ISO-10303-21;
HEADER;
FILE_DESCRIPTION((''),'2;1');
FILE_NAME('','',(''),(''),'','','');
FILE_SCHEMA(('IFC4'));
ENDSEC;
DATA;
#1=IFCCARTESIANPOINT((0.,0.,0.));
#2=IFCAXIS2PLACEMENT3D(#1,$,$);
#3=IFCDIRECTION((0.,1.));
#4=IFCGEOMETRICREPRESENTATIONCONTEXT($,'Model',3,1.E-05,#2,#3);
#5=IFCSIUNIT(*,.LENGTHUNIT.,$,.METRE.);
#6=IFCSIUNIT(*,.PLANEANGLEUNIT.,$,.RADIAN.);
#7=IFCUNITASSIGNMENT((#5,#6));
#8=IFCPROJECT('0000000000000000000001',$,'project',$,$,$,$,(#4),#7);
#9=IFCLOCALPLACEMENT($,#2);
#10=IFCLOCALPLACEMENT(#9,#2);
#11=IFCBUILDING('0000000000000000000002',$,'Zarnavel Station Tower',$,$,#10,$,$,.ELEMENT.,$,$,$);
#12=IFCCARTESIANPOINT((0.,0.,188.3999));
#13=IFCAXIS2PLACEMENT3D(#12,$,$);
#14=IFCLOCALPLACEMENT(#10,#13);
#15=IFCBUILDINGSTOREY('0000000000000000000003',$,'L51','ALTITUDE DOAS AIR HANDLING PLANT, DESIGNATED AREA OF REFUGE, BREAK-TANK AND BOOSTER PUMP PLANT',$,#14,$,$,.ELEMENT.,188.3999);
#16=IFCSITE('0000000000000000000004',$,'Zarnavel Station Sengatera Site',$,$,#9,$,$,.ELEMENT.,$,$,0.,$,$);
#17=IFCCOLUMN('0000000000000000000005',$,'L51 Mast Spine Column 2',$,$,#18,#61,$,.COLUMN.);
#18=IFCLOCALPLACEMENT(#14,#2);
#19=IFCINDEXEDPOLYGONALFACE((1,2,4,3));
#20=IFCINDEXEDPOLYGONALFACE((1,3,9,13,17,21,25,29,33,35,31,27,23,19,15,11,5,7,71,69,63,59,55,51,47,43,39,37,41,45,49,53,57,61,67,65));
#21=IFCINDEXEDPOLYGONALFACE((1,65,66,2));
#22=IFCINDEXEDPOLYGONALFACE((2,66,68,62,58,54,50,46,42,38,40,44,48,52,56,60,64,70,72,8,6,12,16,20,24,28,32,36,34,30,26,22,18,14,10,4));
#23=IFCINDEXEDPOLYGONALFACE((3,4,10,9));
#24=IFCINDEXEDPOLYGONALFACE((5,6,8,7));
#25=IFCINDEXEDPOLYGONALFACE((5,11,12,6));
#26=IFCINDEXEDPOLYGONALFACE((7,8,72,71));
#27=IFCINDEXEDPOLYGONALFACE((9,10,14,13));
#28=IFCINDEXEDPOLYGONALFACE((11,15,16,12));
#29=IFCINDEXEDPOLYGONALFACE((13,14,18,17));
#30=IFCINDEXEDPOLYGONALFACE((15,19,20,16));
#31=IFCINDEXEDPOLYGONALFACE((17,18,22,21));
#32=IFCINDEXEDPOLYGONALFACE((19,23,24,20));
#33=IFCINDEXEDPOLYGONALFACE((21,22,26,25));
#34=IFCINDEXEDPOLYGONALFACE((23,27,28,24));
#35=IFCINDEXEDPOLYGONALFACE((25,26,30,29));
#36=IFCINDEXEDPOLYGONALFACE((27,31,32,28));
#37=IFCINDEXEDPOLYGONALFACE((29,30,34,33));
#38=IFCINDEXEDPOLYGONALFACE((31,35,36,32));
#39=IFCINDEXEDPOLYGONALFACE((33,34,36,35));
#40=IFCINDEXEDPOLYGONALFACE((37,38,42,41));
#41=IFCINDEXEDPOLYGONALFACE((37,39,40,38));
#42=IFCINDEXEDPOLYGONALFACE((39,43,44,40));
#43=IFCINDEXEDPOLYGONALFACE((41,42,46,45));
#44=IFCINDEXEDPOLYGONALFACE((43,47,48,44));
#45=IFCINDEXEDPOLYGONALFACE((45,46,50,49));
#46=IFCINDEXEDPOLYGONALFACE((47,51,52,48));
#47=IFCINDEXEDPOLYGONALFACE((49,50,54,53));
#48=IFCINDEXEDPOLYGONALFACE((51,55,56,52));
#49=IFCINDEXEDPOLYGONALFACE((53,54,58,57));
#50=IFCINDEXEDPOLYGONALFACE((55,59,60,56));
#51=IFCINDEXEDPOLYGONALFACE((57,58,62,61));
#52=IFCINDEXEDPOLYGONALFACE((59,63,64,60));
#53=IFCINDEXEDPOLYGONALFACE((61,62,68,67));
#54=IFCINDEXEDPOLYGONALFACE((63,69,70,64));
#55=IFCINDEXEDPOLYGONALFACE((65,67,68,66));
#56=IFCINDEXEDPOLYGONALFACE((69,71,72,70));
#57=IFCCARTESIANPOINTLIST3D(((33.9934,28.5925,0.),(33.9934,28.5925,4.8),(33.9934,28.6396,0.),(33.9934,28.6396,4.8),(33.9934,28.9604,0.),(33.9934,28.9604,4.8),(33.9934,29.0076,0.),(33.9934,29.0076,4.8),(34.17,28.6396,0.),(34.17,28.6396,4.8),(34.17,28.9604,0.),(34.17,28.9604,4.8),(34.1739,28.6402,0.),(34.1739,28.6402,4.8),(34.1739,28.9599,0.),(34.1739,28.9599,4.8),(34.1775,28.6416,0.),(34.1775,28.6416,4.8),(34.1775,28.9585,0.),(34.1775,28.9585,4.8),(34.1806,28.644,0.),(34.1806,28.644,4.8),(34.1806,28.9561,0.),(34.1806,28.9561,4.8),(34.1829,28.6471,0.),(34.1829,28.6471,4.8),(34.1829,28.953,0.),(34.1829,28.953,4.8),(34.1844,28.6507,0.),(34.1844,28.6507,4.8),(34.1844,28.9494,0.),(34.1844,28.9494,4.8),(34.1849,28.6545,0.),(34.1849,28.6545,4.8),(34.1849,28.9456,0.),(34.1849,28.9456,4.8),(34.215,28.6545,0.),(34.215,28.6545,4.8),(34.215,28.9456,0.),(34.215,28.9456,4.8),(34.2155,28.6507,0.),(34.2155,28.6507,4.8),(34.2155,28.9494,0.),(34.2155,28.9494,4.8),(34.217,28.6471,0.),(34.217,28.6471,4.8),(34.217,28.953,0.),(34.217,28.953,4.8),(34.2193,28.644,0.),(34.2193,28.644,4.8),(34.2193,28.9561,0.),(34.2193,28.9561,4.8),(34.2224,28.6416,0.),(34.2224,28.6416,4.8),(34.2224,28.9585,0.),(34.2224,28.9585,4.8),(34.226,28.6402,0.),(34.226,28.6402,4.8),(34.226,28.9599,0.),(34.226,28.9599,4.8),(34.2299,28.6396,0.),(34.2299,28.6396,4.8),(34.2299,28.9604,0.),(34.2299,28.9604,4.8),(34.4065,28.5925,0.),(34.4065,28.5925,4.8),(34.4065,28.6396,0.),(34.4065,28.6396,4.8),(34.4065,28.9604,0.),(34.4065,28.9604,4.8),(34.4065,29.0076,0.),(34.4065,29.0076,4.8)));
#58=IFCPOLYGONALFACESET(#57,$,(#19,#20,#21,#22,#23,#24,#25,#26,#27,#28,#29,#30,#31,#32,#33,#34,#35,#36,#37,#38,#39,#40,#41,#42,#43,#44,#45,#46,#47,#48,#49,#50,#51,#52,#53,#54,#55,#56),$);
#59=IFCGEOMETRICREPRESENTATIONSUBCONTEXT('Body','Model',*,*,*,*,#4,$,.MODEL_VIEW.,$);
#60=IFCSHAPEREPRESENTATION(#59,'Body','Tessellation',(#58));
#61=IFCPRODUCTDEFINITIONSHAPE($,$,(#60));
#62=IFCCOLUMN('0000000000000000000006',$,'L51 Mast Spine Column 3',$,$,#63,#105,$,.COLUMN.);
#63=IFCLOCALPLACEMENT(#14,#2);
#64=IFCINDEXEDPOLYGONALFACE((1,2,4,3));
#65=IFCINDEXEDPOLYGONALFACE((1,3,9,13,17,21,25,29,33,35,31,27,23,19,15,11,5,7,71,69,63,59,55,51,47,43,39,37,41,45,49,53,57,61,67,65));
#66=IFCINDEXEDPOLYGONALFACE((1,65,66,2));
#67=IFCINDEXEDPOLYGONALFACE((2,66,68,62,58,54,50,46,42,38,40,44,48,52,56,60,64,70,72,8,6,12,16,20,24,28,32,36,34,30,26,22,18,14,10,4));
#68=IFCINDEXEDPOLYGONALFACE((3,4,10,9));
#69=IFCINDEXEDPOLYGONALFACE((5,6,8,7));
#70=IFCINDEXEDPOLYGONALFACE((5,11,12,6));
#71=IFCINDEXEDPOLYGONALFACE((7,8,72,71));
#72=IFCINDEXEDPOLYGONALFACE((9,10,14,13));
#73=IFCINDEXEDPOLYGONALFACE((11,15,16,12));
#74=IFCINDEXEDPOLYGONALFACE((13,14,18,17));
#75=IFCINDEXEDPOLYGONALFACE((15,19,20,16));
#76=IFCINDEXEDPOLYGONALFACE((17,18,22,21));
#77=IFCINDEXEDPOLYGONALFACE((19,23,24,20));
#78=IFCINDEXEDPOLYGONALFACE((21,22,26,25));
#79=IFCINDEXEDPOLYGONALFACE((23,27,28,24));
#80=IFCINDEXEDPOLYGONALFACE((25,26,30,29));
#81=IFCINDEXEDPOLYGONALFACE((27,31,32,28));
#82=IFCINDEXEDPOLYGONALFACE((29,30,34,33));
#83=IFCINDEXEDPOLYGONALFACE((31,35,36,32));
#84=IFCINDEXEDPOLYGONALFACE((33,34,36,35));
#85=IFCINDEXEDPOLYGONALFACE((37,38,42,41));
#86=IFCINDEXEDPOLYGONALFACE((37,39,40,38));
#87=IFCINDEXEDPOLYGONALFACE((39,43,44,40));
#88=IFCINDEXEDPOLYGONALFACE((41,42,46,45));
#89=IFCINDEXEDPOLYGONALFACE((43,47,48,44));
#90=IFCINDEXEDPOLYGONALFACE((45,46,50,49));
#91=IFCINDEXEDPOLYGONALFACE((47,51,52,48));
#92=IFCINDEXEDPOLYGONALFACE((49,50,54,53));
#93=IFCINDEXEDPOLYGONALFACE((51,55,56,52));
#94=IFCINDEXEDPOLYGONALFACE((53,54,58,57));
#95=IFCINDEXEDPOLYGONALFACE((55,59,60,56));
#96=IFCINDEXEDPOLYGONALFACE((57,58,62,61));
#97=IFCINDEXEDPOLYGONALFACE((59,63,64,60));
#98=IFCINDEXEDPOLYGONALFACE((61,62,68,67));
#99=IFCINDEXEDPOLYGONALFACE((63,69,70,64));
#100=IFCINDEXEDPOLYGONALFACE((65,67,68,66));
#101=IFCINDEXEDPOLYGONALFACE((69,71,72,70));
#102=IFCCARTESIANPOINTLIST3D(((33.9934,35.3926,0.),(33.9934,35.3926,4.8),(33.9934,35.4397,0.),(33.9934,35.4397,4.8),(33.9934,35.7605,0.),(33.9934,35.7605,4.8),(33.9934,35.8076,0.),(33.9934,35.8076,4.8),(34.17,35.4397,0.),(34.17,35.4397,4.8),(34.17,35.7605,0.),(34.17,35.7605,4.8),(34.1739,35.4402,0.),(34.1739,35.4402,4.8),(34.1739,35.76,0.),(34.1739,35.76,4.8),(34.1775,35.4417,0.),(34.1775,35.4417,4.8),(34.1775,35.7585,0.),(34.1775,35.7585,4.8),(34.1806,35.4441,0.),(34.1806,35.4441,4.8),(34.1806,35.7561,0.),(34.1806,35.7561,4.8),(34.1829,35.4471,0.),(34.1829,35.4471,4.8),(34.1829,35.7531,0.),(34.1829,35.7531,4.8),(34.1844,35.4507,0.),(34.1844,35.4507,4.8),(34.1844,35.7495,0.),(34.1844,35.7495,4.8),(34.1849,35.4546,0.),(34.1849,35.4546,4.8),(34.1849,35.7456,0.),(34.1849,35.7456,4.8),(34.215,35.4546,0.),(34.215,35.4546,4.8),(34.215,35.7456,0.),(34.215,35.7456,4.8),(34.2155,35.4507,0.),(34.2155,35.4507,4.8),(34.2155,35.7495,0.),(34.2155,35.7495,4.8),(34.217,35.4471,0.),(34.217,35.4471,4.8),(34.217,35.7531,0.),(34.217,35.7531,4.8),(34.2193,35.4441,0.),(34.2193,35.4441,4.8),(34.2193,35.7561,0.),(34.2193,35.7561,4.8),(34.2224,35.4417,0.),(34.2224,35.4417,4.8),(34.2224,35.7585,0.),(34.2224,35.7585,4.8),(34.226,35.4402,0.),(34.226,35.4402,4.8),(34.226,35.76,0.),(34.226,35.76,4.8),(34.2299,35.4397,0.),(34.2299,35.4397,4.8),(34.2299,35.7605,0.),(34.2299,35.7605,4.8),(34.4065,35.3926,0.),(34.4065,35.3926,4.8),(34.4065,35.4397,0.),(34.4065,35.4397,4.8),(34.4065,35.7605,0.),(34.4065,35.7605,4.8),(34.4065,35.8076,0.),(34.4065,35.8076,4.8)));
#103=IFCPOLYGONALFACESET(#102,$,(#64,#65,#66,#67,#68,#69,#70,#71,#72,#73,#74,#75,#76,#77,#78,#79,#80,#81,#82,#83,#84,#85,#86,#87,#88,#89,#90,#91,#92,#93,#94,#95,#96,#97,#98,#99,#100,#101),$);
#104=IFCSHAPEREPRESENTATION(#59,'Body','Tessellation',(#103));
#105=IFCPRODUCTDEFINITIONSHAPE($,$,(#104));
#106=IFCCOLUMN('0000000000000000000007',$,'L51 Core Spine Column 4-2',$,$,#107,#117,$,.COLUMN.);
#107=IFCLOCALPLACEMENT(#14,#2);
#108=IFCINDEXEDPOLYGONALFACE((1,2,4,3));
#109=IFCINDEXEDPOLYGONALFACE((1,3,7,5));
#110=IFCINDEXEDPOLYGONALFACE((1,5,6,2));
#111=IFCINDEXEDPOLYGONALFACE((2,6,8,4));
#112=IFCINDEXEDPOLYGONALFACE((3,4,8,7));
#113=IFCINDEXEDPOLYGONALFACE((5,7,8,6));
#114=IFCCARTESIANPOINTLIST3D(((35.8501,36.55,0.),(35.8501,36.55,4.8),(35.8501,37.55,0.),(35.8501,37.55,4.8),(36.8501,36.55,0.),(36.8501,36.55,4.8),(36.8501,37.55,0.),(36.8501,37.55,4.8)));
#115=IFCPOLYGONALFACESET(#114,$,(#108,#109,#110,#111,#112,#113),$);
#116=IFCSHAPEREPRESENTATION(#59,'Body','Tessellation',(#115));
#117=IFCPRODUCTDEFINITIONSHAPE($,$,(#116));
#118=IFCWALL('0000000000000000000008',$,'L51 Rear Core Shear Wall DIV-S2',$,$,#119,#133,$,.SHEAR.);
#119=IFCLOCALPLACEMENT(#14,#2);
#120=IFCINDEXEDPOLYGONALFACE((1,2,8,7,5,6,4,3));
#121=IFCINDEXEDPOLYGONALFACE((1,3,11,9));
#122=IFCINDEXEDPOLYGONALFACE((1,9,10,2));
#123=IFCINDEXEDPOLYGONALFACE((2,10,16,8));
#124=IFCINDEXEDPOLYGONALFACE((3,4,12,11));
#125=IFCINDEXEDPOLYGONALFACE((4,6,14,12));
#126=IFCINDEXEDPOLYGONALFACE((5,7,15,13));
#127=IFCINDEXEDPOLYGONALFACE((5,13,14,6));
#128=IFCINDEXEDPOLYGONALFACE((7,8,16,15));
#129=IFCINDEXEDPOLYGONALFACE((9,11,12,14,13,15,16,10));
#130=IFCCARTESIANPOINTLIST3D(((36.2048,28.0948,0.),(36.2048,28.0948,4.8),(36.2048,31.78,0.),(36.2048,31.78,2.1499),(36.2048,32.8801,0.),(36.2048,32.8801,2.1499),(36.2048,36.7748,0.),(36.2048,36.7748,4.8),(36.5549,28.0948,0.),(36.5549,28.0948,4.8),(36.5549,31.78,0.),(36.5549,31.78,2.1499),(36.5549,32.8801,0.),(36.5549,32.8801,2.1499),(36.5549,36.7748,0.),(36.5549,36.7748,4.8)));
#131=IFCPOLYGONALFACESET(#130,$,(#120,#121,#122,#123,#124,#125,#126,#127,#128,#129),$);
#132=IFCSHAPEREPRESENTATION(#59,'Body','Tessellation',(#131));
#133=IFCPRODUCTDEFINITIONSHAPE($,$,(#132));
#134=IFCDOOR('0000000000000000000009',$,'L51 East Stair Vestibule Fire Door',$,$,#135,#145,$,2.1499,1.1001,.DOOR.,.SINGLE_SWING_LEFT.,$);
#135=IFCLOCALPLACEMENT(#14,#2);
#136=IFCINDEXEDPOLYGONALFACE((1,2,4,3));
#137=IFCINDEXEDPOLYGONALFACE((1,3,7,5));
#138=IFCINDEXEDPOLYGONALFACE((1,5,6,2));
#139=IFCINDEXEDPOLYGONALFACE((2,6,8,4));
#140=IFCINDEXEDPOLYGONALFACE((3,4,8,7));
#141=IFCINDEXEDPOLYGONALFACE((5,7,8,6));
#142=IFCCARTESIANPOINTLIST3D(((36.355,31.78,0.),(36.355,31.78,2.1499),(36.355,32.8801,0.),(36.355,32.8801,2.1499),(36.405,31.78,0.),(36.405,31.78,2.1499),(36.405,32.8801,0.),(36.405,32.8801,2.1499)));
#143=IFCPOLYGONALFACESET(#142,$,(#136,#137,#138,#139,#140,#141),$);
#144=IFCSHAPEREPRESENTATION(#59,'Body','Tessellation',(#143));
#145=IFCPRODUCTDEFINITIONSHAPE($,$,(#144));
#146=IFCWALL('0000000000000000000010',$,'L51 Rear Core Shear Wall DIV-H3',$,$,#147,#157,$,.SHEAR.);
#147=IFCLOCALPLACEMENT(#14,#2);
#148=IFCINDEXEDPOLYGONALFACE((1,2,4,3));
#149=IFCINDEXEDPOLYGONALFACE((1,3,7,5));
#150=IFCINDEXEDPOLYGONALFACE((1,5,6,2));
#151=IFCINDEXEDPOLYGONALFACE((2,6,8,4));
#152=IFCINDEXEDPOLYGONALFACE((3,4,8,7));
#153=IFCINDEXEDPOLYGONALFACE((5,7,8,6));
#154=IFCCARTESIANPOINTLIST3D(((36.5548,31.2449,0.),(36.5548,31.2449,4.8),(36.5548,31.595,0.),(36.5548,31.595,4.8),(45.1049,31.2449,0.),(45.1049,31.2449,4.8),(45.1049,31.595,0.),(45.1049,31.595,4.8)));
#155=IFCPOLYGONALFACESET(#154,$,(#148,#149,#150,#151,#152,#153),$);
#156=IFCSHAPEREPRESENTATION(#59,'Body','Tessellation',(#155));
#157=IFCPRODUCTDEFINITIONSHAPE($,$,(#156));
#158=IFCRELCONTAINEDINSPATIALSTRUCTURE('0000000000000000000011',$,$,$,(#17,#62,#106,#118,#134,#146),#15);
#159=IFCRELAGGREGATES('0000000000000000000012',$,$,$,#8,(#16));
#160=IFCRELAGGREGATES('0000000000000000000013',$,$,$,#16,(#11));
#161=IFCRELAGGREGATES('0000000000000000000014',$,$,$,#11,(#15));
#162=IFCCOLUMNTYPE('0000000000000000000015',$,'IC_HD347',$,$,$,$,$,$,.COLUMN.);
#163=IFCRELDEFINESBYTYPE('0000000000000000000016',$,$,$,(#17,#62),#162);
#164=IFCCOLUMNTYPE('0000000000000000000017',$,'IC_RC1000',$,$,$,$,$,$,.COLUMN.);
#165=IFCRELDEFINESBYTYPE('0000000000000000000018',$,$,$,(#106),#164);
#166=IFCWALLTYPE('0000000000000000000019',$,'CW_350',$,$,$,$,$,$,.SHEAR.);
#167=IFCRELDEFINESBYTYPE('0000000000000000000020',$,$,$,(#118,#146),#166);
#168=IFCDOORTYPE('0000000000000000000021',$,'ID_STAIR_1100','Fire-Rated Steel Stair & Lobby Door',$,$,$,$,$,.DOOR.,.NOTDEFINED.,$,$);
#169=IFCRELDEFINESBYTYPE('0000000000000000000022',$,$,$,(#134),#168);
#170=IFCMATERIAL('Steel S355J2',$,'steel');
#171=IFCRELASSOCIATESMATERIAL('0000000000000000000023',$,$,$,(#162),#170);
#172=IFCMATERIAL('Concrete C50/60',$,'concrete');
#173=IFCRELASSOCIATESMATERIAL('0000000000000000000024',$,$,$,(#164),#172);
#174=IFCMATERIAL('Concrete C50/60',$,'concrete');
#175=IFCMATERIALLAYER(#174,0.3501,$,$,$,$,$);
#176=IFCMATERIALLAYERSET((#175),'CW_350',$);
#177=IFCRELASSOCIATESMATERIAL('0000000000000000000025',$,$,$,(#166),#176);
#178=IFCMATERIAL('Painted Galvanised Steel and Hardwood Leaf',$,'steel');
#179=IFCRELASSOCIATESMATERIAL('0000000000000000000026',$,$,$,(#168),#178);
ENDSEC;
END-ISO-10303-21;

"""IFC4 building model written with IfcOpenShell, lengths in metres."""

from ifc_helpers import new_model, si_unit, direction, frame, frame_2d, origin, origin_2d, place, context, subcontext, project, spatial, rectangle, i_section, extrude, material, layer, layer_set, material_profile, profile_set, type_object, element, fill, save


model = new_model("IFC4")

# Units and contexts
model_context = context("Model", 3, precision=1e-05, world=origin(), true_north=direction((0.0, 1.0)))
body_context = subcontext(model_context, "Body", "Model", "MODEL_VIEW")
ifc_project = project(units=[si_unit("LENGTHUNIT", "METRE"), si_unit("PLANEANGLEUNIT", "RADIAN")], contexts=[model_context])

# Site, building, storey
site_placement = place(None, origin())
site = spatial("IfcSite", under=ifc_project, at=site_placement, Name="Zarnavel Station Sengatera Site", CompositionType="ELEMENT", RefElevation=0.0)
building_placement = place(site_placement, origin())
building = spatial("IfcBuilding", under=site, at=building_placement, Name="Zarnavel Station Tower", CompositionType="ELEMENT")
storey_placement = place(building_placement, frame((0.0, 0.0, 188.3999)))
storey = spatial("IfcBuildingStorey", under=building, at=storey_placement, Name="L51", Description="ALTITUDE DOAS AIR HANDLING PLANT, DESIGNATED AREA OF REFUGE, BREAK-TANK AND BOOSTER PUMP PLANT", CompositionType="ELEMENT", Elevation=188.3999)

# Columns
ifc_material_1 = material(Name="Steel S355J2", Category="steel")
ifc_material_profile_1 = material_profile(ifc_material_1, i_section(OverallWidth=0.4131, OverallDepth=0.415, WebThickness=0.03, FlangeThickness=0.0471, FilletRadius=0.0149, at=origin_2d()), Name="HD400x347")
ifc_profile_set_1 = profile_set([ifc_material_profile_1], Name="Steel S355J2")
column_type_1 = type_object("IfcColumnType", Name="IC_HD347", PredefinedType="COLUMN", material=ifc_profile_set_1)
for number, where, z_axis, x_axis, name in (
    (1, (34.2, 28.8, 0.0), (0.0, 0.0, 1.0), (1.0, 0.0, 0.0), "L51 Mast Spine Column 2"),
    (2, (34.2, 35.6001, 0.0), (0.0, 0.0, 1.0), (1.0, 0.0, 0.0), "L51 Mast Spine Column 3"),
):
    element("IfcColumn", number, at=place(storey_placement, frame(where, z_axis=z_axis, x_axis=x_axis)), inside=storey, type_object=column_type_1, Name=name, PredefinedType="COLUMN", context=body_context, shape_type="SweptSolid", body=[
        extrude(i_section(OverallWidth=0.4131, OverallDepth=0.415, WebThickness=0.03, FlangeThickness=0.0471, FilletRadius=0.0149, at=origin_2d()), origin(), (0.0, 0.0, 1.0), 4.8),
    ])
ifc_material_2 = material(Name="Concrete C50/60", Category="concrete")
ifc_material_profile_2 = material_profile(ifc_material_2, rectangle(XDim=1.0, YDim=1.0, at=origin_2d()), Name="RC1000x1000")
ifc_profile_set_2 = profile_set([ifc_material_profile_2], Name="Concrete C50/60")
column_type_2 = type_object("IfcColumnType", Name="IC_RC1000", PredefinedType="COLUMN", material=ifc_profile_set_2)
column_placement = place(storey_placement, frame((36.3501, 37.05, 0.0), z_axis=(0.0, 0.0, 1.0), x_axis=(1.0, 0.0, 0.0)))
element("IfcColumn", 3, at=column_placement, inside=storey, type_object=column_type_2, Name="L51 Core Spine Column 4-2", PredefinedType="COLUMN", context=body_context, shape_type="SweptSolid", body=[
    extrude(rectangle(XDim=1.0, YDim=1.0, at=origin_2d()), origin(), (0.0, 0.0, 1.0), 4.8),
])

# Wall, opening, door
ifc_material_3 = material(Name="Concrete C50/60", Category="concrete")
ifc_layer_1 = layer(ifc_material_3, 0.3501)
ifc_layer_set_1 = layer_set([ifc_layer_1], Name="CW_350")
wall_type_1 = type_object("IfcWallType", Name="CW_350", PredefinedType="SHEAR", material=ifc_layer_set_1)
wall_1_placement = place(storey_placement, frame((36.3799, 28.095, 0.0), z_axis=(0.0, 0.0, 1.0), x_axis=(0.0, 1.0, 0.0)))
wall_1 = element("IfcWall", 4, at=wall_1_placement, inside=storey, type_object=wall_type_1, Name="L51 Rear Core Shear Wall DIV-S2", PredefinedType="SHEAR", context=body_context, shape_type="SweptSolid", body=[
    extrude(rectangle(XDim=8.6799, YDim=0.3501, at=frame_2d((4.3398, 0.0))), origin(), (0.0, 0.0, 1.0), 4.8),
])
opening_1_placement = place(wall_1_placement, frame((3.6851, 0.0, 0.0)))
opening_1 = element("IfcOpeningElement", 5, at=opening_1_placement, cuts=wall_1, PredefinedType="OPENING", context=body_context, shape_type="SweptSolid", body=[
    extrude(rectangle(XDim=1.1001, YDim=2.1499, at=frame_2d((0.55, 1.075))), frame((0.0, 0.1851, 0.0), z_axis=(0.0, -1.0, 0.0), x_axis=(1.0, 0.0, 0.0)), (0.0, 0.0, 1.0), 0.3701),
])
ifc_material_4 = material(Name="Painted Galvanised Steel and Hardwood Leaf", Category="steel")
door_type_1 = type_object("IfcDoorType", Name="ID_STAIR_1100", Description="Fire-Rated Steel Stair & Lobby Door", OperationType="NOTDEFINED", PredefinedType="DOOR", material=ifc_material_4)
door_1_placement = place(opening_1_placement, origin())
door_1 = element("IfcDoor", 6, at=door_1_placement, inside=storey, type_object=door_type_1, Name="L51 East Stair Vestibule Fire Door", OperationType="SINGLE_SWING_LEFT", OverallHeight=2.1499, OverallWidth=1.1001, PredefinedType="DOOR", context=body_context, shape_type="SweptSolid", body=[
    extrude(rectangle(XDim=1.1001, YDim=2.1499, at=frame_2d((0.55, 1.075))), frame((0.0, 0.0249, 0.0), z_axis=(0.0, -1.0, 0.0), x_axis=(1.0, 0.0, 0.0)), (0.0, 0.0, 1.0), 0.05),
])
fill(opening_1, door_1)

# Wall
wall_2_placement = place(storey_placement, frame((36.5549, 31.4199, 0.0), z_axis=(0.0, 0.0, 1.0), x_axis=(1.0, 0.0, 0.0)))
element("IfcWall", 7, at=wall_2_placement, inside=storey, type_object=wall_type_1, Name="L51 Rear Core Shear Wall DIV-H3", PredefinedType="SHEAR", context=body_context, shape_type="SweptSolid", body=[
    extrude(rectangle(XDim=8.55, YDim=0.3501, at=frame_2d((4.2749, 0.0))), origin(), (0.0, 0.0, 1.0), 4.8),
])

save(model, "model.ifc")
